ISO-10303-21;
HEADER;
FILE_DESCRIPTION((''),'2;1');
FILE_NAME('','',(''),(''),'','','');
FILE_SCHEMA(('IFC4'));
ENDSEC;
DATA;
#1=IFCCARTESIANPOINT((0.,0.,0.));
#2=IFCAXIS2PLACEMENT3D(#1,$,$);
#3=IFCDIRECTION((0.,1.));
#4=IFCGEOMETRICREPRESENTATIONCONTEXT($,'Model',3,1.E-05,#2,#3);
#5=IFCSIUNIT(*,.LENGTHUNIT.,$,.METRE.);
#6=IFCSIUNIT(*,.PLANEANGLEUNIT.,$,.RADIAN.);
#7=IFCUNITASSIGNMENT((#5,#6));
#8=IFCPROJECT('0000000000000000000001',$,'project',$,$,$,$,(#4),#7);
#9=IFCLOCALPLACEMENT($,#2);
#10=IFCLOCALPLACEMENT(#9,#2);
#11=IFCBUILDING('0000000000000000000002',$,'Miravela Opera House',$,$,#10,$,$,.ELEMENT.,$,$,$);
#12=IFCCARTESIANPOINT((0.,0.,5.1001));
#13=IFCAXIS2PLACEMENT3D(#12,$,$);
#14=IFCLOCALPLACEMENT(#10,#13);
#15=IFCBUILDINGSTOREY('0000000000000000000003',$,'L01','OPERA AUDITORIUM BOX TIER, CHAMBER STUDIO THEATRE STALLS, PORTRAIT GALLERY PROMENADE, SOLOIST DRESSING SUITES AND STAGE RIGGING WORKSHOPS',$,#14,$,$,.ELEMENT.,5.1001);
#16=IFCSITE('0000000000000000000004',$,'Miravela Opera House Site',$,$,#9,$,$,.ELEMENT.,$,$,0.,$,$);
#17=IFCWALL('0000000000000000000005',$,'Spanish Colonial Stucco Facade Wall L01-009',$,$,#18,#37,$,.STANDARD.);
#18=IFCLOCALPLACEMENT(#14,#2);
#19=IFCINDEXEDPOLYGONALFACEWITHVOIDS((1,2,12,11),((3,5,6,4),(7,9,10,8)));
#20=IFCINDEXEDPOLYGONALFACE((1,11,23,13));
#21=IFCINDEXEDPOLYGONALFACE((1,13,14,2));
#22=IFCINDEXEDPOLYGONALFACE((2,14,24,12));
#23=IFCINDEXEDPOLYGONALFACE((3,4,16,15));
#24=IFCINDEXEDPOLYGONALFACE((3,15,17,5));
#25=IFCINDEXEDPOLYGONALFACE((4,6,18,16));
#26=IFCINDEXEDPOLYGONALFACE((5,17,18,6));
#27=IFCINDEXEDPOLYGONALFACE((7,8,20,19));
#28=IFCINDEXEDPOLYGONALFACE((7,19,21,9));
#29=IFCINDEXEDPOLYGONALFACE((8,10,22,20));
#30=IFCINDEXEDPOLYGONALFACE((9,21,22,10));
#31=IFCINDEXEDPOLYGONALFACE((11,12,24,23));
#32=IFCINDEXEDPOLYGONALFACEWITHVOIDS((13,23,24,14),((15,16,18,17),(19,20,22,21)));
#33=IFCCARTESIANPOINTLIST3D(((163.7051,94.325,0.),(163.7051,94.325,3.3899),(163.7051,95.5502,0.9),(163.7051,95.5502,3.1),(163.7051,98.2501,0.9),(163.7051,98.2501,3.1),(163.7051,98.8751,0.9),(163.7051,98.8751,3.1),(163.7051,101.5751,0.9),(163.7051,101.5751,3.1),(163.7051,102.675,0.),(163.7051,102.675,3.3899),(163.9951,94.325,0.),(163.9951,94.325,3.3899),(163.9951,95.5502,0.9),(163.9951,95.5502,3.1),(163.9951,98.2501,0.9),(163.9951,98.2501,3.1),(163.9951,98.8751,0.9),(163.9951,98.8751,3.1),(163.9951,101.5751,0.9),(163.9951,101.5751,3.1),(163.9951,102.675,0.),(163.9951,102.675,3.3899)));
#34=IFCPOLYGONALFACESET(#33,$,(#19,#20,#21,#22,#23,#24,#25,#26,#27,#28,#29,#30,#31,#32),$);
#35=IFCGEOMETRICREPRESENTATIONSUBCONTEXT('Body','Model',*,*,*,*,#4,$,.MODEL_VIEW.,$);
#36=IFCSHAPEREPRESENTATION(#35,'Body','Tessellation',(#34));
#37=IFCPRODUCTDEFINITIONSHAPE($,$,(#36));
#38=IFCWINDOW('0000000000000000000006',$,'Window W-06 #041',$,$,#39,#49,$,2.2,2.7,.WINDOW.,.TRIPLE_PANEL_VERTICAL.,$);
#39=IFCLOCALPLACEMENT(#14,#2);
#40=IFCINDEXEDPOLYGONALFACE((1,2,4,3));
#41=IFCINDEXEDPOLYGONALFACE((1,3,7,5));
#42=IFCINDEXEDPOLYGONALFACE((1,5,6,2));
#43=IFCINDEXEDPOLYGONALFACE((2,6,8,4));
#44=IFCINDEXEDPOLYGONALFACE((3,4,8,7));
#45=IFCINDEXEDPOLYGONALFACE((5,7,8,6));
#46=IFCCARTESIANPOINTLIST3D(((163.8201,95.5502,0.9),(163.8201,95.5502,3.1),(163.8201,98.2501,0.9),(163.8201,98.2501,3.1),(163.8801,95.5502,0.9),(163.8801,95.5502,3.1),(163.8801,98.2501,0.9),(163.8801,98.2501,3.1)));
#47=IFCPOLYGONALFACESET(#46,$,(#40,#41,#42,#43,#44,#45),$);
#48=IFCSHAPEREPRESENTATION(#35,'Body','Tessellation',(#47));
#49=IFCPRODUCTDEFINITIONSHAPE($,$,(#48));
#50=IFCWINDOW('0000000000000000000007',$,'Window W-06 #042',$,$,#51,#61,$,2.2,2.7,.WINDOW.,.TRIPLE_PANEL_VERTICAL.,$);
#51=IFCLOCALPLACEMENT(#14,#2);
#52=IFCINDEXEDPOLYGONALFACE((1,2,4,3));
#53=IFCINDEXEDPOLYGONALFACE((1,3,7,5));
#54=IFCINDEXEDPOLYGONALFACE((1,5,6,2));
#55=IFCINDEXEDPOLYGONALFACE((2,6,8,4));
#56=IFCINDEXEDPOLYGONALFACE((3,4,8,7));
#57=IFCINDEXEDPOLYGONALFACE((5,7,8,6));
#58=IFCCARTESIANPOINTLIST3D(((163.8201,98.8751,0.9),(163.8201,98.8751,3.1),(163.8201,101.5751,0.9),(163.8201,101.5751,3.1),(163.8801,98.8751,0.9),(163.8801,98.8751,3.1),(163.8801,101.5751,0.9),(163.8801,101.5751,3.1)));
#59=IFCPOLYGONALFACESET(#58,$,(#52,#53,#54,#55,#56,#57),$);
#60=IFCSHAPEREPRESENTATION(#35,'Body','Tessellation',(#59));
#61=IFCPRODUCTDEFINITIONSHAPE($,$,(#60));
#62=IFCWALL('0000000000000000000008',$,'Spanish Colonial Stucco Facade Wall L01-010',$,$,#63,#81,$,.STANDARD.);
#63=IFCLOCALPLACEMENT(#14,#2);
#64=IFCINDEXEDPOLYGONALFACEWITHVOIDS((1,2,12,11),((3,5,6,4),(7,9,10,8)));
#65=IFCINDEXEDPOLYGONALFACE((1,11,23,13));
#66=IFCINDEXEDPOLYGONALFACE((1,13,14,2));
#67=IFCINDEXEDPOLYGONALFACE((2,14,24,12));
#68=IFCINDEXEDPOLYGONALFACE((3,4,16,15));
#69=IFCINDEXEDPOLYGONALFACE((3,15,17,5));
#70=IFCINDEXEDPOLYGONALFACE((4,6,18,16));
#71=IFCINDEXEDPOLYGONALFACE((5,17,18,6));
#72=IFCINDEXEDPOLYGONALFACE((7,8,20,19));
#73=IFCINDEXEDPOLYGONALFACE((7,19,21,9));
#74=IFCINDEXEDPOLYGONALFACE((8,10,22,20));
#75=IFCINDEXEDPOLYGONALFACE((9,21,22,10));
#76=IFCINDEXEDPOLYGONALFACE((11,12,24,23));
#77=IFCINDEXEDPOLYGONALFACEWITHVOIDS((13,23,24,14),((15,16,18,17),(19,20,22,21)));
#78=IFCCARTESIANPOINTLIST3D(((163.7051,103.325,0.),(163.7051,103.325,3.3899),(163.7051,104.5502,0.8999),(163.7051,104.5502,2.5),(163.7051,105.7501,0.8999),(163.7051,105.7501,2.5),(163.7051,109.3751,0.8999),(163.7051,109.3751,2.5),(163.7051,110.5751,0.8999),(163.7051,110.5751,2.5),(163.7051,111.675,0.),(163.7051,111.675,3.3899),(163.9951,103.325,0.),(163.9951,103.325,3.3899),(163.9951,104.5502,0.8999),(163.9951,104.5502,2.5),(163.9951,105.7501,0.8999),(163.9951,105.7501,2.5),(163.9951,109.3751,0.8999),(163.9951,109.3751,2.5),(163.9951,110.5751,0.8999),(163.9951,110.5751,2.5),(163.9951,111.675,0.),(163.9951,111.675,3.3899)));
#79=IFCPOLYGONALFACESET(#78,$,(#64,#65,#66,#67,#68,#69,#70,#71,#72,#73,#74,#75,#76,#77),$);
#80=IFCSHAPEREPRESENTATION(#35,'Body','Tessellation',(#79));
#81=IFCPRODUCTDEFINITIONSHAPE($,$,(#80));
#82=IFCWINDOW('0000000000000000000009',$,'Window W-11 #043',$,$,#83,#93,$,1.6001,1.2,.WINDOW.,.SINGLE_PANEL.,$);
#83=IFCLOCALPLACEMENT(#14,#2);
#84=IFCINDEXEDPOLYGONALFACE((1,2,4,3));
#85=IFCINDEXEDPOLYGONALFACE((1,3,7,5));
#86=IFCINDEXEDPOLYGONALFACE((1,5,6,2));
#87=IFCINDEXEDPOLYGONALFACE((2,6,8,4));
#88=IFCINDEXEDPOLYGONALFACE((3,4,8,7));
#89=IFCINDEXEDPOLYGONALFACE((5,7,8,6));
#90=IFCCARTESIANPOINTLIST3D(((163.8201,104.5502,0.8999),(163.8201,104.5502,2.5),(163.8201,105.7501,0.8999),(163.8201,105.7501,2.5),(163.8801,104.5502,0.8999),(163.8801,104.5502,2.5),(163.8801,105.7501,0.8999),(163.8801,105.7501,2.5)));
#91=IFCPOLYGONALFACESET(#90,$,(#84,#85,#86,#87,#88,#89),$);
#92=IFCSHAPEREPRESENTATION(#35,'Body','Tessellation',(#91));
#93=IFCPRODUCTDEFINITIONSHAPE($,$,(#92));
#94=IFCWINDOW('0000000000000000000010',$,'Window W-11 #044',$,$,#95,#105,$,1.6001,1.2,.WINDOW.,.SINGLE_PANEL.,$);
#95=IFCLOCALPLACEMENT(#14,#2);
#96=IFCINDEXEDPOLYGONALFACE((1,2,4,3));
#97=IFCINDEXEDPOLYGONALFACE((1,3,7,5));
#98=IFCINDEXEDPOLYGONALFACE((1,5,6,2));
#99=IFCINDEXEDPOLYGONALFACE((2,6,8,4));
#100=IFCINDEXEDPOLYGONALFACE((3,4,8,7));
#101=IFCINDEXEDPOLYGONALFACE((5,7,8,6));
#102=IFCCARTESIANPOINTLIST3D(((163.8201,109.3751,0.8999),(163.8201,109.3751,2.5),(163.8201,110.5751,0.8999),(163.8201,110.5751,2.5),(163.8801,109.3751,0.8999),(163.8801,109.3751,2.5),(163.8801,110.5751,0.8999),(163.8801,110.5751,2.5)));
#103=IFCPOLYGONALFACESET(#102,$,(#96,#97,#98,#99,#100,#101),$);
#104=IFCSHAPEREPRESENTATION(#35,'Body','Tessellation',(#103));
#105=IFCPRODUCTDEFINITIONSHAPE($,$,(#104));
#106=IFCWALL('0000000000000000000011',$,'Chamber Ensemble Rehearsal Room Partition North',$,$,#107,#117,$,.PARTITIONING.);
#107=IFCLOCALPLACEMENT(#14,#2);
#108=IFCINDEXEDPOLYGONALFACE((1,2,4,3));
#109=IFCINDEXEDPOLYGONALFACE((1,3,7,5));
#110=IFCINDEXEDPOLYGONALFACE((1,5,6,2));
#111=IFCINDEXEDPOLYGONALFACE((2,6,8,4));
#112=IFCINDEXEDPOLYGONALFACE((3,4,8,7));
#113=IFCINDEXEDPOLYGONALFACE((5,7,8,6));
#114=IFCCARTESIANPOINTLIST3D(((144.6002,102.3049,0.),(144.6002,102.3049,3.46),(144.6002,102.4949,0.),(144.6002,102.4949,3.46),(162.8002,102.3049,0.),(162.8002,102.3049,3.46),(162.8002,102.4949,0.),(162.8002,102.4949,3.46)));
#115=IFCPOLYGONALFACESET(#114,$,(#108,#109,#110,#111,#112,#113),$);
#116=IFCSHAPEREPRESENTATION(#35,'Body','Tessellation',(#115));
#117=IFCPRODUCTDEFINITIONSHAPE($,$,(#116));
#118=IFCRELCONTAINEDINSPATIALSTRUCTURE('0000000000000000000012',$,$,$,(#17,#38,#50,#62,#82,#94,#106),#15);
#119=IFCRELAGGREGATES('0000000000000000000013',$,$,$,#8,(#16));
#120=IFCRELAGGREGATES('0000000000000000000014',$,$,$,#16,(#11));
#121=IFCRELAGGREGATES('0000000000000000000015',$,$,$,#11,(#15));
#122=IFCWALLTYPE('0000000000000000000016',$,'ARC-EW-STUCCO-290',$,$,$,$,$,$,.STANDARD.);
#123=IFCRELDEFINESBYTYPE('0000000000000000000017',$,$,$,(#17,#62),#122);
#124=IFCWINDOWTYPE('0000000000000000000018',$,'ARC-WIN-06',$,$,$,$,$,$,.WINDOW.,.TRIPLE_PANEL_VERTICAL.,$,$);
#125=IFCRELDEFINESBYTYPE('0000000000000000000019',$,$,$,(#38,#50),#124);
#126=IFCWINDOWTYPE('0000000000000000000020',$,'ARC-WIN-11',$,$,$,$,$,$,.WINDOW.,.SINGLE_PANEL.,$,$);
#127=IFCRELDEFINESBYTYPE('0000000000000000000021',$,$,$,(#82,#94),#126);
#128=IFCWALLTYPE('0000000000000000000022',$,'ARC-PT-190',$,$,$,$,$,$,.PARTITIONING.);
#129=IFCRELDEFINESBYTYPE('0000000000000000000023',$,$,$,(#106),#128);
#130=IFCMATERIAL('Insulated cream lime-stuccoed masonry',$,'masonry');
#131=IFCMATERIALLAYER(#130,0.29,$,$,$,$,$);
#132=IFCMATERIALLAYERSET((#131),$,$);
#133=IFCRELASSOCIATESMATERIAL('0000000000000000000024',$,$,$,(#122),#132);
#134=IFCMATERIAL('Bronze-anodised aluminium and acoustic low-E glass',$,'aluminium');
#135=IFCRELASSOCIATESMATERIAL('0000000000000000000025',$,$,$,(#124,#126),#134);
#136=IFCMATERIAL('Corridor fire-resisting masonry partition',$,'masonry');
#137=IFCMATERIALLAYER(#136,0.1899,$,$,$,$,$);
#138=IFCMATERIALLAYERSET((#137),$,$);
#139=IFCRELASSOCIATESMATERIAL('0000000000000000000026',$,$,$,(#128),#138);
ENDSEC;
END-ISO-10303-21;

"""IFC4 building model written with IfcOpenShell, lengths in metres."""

from ifc_helpers import new_model, si_unit, direction, frame, frame_2d, origin, place, context, subcontext, project, spatial, rectangle, extrude, material, layer, layer_set, type_object, element, fill, save


model = new_model("IFC4")

# Units and contexts
model_context = context("Model", 3, precision=1e-05, world=origin(), true_north=direction((0.0, 1.0)))
body_context = subcontext(model_context, "Body", "Model", "MODEL_VIEW")
ifc_project = project(units=[si_unit("LENGTHUNIT", "METRE"), si_unit("PLANEANGLEUNIT", "RADIAN")], contexts=[model_context])

# Site, building, storey
site_placement = place(None, origin())
site = spatial("IfcSite", under=ifc_project, at=site_placement, Name="Miravela Opera House Site", CompositionType="ELEMENT", RefElevation=0.0)
building_placement = place(site_placement, origin())
building = spatial("IfcBuilding", under=site, at=building_placement, Name="Miravela Opera House", CompositionType="ELEMENT")
storey_placement = place(building_placement, frame((0.0, 0.0, 5.1001)))
storey = spatial("IfcBuildingStorey", under=building, at=storey_placement, Name="L01", Description="OPERA AUDITORIUM BOX TIER, CHAMBER STUDIO THEATRE STALLS, PORTRAIT GALLERY PROMENADE, SOLOIST DRESSING SUITES AND STAGE RIGGING WORKSHOPS", CompositionType="ELEMENT", Elevation=5.1001)

# Walls, openings, windows
ifc_material_1 = material(Name="Insulated cream lime-stuccoed masonry", Category="masonry")
ifc_layer_1 = layer(ifc_material_1, 0.29)
ifc_layer_set_1 = layer_set([ifc_layer_1])
wall_type_1 = type_object("IfcWallType", Name="ARC-EW-STUCCO-290", PredefinedType="STANDARD", material=ifc_layer_set_1)
wall_1_placement = place(storey_placement, frame((163.8501, 94.325, 0.0), z_axis=(0.0, 0.0, 1.0), x_axis=(0.0, 1.0, 0.0)))
wall_1 = element("IfcWall", 1, at=wall_1_placement, inside=storey, type_object=wall_type_1, Name="Spanish Colonial Stucco Facade Wall L01-009", PredefinedType="STANDARD", context=body_context, shape_type="SweptSolid", body=[
    extrude(rectangle(XDim=8.3501, YDim=0.29, at=frame_2d((4.175, 0.0))), origin(), (0.0, 0.0, 1.0), 3.3899),
])
opening_1_placement = place(wall_1_placement, frame((1.2251, 0.0, 0.8999)))
opening_1 = element("IfcOpeningElement", 2, at=opening_1_placement, cuts=wall_1, PredefinedType="OPENING", context=body_context, shape_type="SweptSolid", body=[
    extrude(rectangle(XDim=2.7, YDim=2.2, at=frame_2d((1.3501, 1.1001))), frame((0.0, 0.155, 0.0), z_axis=(0.0, -1.0, 0.0), x_axis=(1.0, 0.0, 0.0)), (0.0, 0.0, 1.0), 0.3101),
])
opening_2_placement = place(wall_1_placement, frame((4.55, 0.0, 0.8999)))
opening_2 = element("IfcOpeningElement", 3, at=opening_2_placement, cuts=wall_1, PredefinedType="OPENING", context=body_context, shape_type="SweptSolid", body=[
    extrude(rectangle(XDim=2.7, YDim=2.2, at=frame_2d((1.3501, 1.1001))), frame((0.0, 0.155, 0.0), z_axis=(0.0, -1.0, 0.0), x_axis=(1.0, 0.0, 0.0)), (0.0, 0.0, 1.0), 0.3101),
])
ifc_material_2 = material(Name="Bronze-anodised aluminium and acoustic low-E glass", Category="aluminium")
window_type_1 = type_object("IfcWindowType", Name="ARC-WIN-06", PartitioningType="TRIPLE_PANEL_VERTICAL", PredefinedType="WINDOW", material=ifc_material_2)
window_1_placement = place(opening_1_placement, origin())
window_1 = element("IfcWindow", 4, at=window_1_placement, inside=storey, type_object=window_type_1, Name="Window W-06 #041", OverallHeight=2.2, OverallWidth=2.7, PartitioningType="TRIPLE_PANEL_VERTICAL", PredefinedType="WINDOW", context=body_context, shape_type="SweptSolid", body=[
    extrude(rectangle(XDim=2.7, YDim=2.2, at=frame_2d((1.3501, 1.1001))), frame((0.0, 0.03, 0.0), z_axis=(0.0, -1.0, 0.0), x_axis=(1.0, 0.0, 0.0)), (0.0, 0.0, 1.0), 0.0601),
])
fill(opening_1, window_1)
window_2_placement = place(opening_2_placement, origin())
window_2 = element("IfcWindow", 5, at=window_2_placement, inside=storey, type_object=window_type_1, Name="Window W-06 #042", OverallHeight=2.2, OverallWidth=2.7, PartitioningType="TRIPLE_PANEL_VERTICAL", PredefinedType="WINDOW", context=body_context, shape_type="SweptSolid", body=[
    extrude(rectangle(XDim=2.7, YDim=2.2, at=frame_2d((1.3501, 1.1001))), frame((0.0, 0.03, 0.0), z_axis=(0.0, -1.0, 0.0), x_axis=(1.0, 0.0, 0.0)), (0.0, 0.0, 1.0), 0.0601),
])
fill(opening_2, window_2)
wall_2_placement = place(storey_placement, frame((163.8501, 103.325, 0.0), z_axis=(0.0, 0.0, 1.0), x_axis=(0.0, 1.0, 0.0)))
wall_2 = element("IfcWall", 6, at=wall_2_placement, inside=storey, type_object=wall_type_1, Name="Spanish Colonial Stucco Facade Wall L01-010", PredefinedType="STANDARD", context=body_context, shape_type="SweptSolid", body=[
    extrude(rectangle(XDim=8.3501, YDim=0.29, at=frame_2d((4.175, 0.0))), origin(), (0.0, 0.0, 1.0), 3.3899),
])
opening_3_placement = place(wall_2_placement, frame((1.2251, 0.0, 0.8999)))
opening_3 = element("IfcOpeningElement", 7, at=opening_3_placement, cuts=wall_2, PredefinedType="OPENING", context=body_context, shape_type="SweptSolid", body=[
    extrude(rectangle(XDim=1.2, YDim=1.6001, at=frame_2d((0.6001, 0.8))), frame((0.0, 0.155, 0.0), z_axis=(0.0, -1.0, 0.0), x_axis=(1.0, 0.0, 0.0)), (0.0, 0.0, 1.0), 0.3101),
])
opening_4_placement = place(wall_2_placement, frame((6.05, 0.0, 0.8999)))
opening_4 = element("IfcOpeningElement", 8, at=opening_4_placement, cuts=wall_2, PredefinedType="OPENING", context=body_context, shape_type="SweptSolid", body=[
    extrude(rectangle(XDim=1.2, YDim=1.6001, at=frame_2d((0.6001, 0.8))), frame((0.0, 0.155, 0.0), z_axis=(0.0, -1.0, 0.0), x_axis=(1.0, 0.0, 0.0)), (0.0, 0.0, 1.0), 0.3101),
])
window_type_2 = type_object("IfcWindowType", Name="ARC-WIN-11", PartitioningType="SINGLE_PANEL", PredefinedType="WINDOW", material=ifc_material_2)
window_3_placement = place(opening_3_placement, origin())
window_3 = element("IfcWindow", 9, at=window_3_placement, inside=storey, type_object=window_type_2, Name="Window W-11 #043", OverallHeight=1.6001, OverallWidth=1.2, PartitioningType="SINGLE_PANEL", PredefinedType="WINDOW", context=body_context, shape_type="SweptSolid", body=[
    extrude(rectangle(XDim=1.2, YDim=1.6001, at=frame_2d((0.6001, 0.8))), frame((0.0, 0.03, 0.0), z_axis=(0.0, -1.0, 0.0), x_axis=(1.0, 0.0, 0.0)), (0.0, 0.0, 1.0), 0.0601),
])
fill(opening_3, window_3)
window_4_placement = place(opening_4_placement, origin())
window_4 = element("IfcWindow", 10, at=window_4_placement, inside=storey, type_object=window_type_2, Name="Window W-11 #044", OverallHeight=1.6001, OverallWidth=1.2, PartitioningType="SINGLE_PANEL", PredefinedType="WINDOW", context=body_context, shape_type="SweptSolid", body=[
    extrude(rectangle(XDim=1.2, YDim=1.6001, at=frame_2d((0.6001, 0.8))), frame((0.0, 0.03, 0.0), z_axis=(0.0, -1.0, 0.0), x_axis=(1.0, 0.0, 0.0)), (0.0, 0.0, 1.0), 0.0601),
])
fill(opening_4, window_4)

# Wall
ifc_material_3 = material(Name="Corridor fire-resisting masonry partition", Category="masonry")
ifc_layer_2 = layer(ifc_material_3, 0.1899)
ifc_layer_set_2 = layer_set([ifc_layer_2])
wall_type_2 = type_object("IfcWallType", Name="ARC-PT-190", PredefinedType="PARTITIONING", material=ifc_layer_set_2)
wall_3_placement = place(storey_placement, frame((144.6001, 102.3999, 0.0), z_axis=(0.0, 0.0, 1.0), x_axis=(1.0, 0.0, 0.0)))
element("IfcWall", 11, at=wall_3_placement, inside=storey, type_object=wall_type_2, Name="Chamber Ensemble Rehearsal Room Partition North", PredefinedType="PARTITIONING", context=body_context, shape_type="SweptSolid", body=[
    extrude(rectangle(XDim=18.2, YDim=0.1899, at=frame_2d((9.1001, 0.0))), origin(), (0.0, 0.0, 1.0), 3.46),
])

save(model, "model.ifc")
